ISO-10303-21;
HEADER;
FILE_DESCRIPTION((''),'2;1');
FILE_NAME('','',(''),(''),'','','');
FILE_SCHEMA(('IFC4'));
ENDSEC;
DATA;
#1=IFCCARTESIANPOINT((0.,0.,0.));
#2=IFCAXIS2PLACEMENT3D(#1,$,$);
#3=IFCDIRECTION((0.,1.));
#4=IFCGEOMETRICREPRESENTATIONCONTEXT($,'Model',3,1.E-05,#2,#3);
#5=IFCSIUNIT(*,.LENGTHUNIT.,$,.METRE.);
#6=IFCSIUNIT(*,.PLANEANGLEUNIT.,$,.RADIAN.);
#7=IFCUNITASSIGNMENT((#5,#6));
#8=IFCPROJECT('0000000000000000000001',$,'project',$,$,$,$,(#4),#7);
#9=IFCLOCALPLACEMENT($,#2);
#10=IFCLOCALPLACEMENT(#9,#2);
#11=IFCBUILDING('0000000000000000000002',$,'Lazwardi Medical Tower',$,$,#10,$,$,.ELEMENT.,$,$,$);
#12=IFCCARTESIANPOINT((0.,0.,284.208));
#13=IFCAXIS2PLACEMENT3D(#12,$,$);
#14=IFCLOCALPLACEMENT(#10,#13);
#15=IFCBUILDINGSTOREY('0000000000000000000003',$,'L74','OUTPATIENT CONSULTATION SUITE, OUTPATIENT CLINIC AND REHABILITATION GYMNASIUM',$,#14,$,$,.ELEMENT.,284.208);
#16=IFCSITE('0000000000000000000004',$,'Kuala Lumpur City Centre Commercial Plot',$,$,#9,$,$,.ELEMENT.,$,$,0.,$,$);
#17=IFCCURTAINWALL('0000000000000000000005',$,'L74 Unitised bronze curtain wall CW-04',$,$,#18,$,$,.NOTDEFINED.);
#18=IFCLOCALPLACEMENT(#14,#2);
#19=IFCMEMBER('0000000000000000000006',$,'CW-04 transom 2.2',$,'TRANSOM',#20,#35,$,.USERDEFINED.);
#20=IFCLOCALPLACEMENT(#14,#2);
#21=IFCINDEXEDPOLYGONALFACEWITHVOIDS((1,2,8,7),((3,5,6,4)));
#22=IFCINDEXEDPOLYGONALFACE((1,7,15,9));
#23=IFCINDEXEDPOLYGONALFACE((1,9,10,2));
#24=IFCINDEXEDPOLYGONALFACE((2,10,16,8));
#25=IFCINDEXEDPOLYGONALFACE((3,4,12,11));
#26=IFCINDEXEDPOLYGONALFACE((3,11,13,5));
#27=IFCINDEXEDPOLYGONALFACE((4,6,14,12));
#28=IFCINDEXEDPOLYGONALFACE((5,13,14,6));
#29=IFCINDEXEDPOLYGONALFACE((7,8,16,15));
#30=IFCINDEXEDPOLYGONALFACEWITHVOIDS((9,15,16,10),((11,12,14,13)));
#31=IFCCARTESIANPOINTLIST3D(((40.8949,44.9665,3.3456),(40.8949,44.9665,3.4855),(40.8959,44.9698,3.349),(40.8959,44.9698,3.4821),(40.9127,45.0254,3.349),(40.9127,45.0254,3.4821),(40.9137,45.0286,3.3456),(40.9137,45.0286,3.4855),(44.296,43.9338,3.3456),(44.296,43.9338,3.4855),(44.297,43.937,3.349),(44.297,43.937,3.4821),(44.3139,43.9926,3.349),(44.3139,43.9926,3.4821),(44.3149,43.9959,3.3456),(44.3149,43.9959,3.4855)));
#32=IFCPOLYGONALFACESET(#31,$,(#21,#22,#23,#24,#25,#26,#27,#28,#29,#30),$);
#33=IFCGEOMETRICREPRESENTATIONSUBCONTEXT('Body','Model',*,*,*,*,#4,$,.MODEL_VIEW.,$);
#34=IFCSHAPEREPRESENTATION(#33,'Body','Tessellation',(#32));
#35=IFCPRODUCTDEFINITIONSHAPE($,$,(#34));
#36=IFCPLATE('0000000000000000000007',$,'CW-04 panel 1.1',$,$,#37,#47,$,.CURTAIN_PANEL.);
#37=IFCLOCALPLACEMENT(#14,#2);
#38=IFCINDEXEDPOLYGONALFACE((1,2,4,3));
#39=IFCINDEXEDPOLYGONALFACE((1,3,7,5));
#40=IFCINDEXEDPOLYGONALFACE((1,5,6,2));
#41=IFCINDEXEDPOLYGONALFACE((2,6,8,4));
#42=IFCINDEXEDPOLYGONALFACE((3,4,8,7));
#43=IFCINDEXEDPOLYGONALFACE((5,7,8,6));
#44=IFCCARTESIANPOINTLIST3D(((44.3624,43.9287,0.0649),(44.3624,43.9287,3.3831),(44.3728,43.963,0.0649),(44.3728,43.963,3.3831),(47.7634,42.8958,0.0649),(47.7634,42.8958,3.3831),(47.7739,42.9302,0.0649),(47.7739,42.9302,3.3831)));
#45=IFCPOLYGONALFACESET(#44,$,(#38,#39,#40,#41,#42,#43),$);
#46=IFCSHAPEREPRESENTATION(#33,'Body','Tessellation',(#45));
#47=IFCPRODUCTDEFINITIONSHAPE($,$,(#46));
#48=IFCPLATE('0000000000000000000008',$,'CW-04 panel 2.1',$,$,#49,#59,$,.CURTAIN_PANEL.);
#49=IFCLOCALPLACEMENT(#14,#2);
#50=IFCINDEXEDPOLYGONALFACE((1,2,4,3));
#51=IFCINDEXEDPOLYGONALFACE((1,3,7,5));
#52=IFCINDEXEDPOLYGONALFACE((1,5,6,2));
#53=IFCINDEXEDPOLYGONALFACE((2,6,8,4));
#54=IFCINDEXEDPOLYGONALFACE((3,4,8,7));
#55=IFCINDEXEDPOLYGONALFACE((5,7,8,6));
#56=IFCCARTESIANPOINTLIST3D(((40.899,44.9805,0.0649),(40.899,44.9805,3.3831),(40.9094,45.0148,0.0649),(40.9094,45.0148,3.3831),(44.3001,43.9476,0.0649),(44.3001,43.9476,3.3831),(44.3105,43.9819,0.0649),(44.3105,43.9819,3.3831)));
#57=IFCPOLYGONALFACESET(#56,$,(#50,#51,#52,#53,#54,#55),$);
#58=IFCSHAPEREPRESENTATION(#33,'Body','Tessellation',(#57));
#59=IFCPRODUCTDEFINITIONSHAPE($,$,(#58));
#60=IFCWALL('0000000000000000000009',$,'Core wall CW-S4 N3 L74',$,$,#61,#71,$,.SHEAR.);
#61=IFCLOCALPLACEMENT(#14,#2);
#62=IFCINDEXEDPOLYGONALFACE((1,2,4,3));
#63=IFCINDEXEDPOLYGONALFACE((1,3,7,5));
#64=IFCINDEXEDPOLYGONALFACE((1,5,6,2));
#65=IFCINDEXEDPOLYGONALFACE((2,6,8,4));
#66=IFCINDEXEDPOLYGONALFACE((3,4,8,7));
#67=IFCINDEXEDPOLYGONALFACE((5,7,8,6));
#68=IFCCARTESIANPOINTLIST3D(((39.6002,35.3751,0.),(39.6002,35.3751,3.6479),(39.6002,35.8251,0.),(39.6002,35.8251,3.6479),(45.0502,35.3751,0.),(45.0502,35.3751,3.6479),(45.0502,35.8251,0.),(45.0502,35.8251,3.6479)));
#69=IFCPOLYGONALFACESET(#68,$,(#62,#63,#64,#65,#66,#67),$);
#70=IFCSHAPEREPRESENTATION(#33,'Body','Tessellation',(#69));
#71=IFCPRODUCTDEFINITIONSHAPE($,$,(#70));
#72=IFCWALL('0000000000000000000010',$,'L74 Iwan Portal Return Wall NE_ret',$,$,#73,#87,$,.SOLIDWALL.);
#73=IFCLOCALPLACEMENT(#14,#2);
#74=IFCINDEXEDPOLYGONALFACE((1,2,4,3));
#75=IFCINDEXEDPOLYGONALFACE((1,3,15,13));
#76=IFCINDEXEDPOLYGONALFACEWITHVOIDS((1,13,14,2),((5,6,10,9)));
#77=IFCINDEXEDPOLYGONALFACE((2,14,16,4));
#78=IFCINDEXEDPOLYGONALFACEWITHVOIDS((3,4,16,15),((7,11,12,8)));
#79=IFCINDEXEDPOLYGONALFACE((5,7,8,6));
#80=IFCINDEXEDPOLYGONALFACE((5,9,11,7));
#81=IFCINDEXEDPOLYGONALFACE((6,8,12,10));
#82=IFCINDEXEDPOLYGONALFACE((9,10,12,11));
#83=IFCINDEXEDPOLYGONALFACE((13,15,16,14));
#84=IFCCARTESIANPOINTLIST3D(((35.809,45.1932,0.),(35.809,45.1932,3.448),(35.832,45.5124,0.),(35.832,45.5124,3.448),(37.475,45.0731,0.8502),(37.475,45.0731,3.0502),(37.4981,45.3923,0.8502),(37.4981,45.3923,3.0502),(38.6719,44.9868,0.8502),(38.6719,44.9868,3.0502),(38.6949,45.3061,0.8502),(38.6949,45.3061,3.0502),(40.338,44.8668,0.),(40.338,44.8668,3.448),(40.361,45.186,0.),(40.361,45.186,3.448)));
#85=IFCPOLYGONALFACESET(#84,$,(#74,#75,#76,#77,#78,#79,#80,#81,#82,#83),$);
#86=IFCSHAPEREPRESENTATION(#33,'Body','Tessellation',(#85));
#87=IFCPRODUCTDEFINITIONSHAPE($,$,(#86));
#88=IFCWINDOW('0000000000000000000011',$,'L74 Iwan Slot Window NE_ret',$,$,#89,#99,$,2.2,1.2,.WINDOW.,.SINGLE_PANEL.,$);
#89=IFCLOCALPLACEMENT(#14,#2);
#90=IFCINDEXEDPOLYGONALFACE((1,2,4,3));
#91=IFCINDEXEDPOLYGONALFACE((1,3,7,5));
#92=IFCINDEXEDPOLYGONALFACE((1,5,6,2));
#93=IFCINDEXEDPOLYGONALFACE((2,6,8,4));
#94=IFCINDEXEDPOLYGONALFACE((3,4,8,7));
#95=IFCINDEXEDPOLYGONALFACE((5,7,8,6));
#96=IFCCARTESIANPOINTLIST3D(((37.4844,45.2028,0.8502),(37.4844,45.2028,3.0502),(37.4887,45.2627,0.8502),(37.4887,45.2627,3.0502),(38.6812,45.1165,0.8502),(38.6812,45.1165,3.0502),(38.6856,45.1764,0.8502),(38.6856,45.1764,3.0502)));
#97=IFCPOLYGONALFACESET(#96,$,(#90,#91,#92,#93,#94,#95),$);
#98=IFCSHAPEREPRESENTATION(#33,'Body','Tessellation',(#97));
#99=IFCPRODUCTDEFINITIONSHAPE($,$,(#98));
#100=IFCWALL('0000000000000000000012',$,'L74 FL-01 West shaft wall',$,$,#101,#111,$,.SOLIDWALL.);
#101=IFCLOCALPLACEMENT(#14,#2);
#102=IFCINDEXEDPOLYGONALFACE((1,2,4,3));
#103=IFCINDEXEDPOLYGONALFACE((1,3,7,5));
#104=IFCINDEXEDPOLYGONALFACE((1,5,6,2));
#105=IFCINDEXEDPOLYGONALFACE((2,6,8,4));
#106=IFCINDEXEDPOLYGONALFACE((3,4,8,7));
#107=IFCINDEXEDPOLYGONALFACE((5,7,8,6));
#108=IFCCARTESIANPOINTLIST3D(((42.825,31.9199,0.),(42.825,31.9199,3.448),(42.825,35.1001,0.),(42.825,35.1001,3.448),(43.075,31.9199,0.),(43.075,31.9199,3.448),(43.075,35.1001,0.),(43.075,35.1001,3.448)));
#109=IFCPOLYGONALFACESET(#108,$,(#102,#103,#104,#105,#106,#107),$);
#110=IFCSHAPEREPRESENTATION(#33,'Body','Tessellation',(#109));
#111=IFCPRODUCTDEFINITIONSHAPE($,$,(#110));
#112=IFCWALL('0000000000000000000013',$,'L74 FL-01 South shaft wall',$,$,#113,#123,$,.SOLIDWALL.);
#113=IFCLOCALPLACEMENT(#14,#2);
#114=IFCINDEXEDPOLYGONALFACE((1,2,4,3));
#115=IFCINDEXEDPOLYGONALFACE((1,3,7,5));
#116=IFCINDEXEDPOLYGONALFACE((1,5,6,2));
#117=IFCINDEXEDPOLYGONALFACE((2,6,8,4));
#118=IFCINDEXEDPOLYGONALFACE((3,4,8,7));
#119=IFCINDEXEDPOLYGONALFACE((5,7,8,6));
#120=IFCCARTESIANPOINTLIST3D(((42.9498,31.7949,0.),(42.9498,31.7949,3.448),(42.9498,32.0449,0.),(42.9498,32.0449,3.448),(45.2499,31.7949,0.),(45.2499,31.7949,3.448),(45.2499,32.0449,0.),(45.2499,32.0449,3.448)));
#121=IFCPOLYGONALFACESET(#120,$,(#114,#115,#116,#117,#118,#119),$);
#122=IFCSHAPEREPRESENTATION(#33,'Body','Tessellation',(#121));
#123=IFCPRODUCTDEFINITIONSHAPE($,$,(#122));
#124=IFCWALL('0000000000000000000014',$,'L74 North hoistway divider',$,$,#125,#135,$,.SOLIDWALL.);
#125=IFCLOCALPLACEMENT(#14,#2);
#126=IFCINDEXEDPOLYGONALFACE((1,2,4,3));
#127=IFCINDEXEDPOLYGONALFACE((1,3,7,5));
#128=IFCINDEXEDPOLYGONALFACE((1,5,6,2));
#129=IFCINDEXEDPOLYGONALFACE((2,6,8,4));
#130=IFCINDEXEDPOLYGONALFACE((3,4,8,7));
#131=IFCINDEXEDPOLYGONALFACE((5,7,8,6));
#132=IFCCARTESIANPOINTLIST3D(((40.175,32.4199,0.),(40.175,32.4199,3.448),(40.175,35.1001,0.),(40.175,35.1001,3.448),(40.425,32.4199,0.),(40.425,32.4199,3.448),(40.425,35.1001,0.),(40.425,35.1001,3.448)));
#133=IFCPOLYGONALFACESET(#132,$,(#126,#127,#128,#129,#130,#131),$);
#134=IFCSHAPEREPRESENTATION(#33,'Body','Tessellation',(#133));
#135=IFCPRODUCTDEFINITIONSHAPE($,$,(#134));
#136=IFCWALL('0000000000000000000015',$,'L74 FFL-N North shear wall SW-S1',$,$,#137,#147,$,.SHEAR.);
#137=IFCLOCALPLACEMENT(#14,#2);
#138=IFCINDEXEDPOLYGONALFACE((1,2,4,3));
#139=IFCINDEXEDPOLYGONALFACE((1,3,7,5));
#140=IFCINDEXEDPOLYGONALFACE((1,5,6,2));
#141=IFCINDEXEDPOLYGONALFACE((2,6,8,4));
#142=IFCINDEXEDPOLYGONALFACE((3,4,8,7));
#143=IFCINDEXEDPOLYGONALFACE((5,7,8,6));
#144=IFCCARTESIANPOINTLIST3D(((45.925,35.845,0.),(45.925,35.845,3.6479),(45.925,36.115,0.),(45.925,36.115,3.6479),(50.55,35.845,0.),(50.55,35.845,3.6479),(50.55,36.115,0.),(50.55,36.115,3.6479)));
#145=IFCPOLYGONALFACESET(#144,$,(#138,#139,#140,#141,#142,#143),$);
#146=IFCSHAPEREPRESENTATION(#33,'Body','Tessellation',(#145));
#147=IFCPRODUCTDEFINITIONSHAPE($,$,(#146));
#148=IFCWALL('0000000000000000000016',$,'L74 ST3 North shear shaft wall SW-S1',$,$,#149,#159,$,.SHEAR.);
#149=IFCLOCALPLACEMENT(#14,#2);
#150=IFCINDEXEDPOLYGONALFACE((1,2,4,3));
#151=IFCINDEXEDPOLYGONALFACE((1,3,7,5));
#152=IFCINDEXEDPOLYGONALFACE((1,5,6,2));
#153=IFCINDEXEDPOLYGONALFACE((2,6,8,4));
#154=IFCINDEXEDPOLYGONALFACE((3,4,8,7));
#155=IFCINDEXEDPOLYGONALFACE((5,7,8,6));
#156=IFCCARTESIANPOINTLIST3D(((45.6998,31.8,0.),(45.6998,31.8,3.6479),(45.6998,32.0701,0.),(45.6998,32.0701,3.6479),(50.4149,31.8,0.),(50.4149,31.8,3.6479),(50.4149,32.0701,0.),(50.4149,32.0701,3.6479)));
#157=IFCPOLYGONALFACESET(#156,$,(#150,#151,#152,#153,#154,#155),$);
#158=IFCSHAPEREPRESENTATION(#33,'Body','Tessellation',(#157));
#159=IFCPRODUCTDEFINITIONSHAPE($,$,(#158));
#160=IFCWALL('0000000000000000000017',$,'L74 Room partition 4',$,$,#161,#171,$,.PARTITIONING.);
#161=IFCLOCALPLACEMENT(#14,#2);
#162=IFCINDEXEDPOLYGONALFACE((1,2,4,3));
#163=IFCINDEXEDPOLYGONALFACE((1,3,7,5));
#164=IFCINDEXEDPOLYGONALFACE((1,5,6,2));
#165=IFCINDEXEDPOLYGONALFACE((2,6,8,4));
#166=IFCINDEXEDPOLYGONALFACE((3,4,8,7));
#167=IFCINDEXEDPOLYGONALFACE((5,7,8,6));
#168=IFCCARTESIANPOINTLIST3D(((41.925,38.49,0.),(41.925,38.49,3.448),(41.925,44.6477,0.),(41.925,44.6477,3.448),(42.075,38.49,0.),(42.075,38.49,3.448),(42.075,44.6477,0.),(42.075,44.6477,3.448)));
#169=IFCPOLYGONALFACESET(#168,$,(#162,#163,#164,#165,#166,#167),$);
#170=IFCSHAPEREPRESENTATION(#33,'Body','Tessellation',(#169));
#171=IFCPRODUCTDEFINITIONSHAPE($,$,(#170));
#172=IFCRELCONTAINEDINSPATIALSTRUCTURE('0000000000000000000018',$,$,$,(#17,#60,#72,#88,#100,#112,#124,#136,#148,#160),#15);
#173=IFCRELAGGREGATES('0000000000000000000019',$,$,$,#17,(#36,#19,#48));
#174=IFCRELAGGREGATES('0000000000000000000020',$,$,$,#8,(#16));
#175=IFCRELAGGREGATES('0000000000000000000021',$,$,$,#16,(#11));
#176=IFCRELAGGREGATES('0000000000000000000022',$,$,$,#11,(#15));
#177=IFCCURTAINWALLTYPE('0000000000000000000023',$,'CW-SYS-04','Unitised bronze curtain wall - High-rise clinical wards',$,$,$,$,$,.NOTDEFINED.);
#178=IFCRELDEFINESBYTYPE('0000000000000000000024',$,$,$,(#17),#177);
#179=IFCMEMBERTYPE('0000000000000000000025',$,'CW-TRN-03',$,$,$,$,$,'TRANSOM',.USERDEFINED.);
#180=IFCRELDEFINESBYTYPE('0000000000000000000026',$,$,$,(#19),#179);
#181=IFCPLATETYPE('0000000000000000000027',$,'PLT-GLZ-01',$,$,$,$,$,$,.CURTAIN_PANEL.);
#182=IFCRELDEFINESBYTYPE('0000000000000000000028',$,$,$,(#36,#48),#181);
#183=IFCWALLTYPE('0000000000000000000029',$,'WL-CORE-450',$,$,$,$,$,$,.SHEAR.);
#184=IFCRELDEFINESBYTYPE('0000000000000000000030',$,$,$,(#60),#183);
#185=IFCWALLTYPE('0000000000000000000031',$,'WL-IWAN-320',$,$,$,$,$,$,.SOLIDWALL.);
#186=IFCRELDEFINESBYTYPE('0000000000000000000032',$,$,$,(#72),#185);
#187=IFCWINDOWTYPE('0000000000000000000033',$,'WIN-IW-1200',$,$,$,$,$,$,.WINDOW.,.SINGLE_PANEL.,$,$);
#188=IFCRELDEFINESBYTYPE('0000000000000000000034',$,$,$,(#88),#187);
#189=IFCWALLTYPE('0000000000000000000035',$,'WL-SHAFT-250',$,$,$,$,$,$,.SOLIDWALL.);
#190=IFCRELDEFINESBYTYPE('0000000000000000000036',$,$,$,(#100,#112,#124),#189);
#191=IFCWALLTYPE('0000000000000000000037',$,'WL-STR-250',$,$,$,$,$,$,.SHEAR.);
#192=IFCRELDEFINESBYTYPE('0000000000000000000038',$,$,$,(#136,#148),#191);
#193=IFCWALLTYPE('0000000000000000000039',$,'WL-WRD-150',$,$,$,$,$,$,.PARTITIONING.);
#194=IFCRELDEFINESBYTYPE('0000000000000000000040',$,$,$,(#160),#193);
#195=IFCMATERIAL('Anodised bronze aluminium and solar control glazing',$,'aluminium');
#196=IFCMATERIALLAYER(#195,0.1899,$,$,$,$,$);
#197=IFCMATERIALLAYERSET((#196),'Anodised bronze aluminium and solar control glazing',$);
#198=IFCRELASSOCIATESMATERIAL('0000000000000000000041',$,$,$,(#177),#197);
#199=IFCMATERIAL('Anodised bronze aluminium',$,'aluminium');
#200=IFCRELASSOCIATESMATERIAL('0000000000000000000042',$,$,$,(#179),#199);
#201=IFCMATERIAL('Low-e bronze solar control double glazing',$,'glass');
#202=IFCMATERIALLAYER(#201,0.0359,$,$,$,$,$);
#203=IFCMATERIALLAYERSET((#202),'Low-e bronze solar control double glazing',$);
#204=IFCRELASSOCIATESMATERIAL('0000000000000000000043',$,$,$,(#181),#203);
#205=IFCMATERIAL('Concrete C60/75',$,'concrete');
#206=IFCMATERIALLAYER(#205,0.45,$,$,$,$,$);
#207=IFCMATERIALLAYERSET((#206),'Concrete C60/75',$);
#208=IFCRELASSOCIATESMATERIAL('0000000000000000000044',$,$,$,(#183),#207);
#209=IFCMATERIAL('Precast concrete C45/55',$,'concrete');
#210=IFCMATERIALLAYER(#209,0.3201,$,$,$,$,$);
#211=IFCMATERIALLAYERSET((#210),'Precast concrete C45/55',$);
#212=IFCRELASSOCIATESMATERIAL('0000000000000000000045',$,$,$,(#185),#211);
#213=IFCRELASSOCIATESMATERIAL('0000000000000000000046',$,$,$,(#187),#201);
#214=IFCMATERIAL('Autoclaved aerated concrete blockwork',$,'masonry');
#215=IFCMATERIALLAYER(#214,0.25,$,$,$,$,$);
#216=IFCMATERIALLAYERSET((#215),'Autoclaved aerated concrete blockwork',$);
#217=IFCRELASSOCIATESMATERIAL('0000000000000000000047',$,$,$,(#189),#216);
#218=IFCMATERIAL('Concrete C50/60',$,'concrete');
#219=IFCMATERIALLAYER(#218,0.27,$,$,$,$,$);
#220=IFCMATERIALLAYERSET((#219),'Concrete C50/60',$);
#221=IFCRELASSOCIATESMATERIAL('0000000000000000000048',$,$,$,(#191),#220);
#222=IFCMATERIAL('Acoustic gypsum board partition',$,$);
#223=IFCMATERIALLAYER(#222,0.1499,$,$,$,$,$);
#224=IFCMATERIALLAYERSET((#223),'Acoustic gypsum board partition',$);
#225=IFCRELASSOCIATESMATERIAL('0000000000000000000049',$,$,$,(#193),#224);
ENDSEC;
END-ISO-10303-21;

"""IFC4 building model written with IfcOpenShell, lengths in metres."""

from ifc_helpers import new_model, si_unit, direction, frame, frame_2d, origin, origin_2d, place, context, subcontext, project, spatial, rectangle, hollow_rectangle, extrude, material, layer, layer_set, material_profile, profile_set, type_object, element, fill, aggregate, save


model = new_model("IFC4")

# Units and contexts
model_context = context("Model", 3, precision=1e-05, world=origin(), true_north=direction((0.0, 1.0)))
body_context = subcontext(model_context, "Body", "Model", "MODEL_VIEW")
ifc_project = project(units=[si_unit("LENGTHUNIT", "METRE"), si_unit("PLANEANGLEUNIT", "RADIAN")], contexts=[model_context])

# Site, building, storey
site_placement = place(None, origin())
site = spatial("IfcSite", under=ifc_project, at=site_placement, Name="Kuala Lumpur City Centre Commercial Plot", CompositionType="ELEMENT", RefElevation=0.0)
building_placement = place(site_placement, origin())
building = spatial("IfcBuilding", under=site, at=building_placement, Name="Lazwardi Medical Tower", CompositionType="ELEMENT")
storey_placement = place(building_placement, frame((0.0, 0.0, 284.208)))
storey = spatial("IfcBuildingStorey", under=building, at=storey_placement, Name="L74", Description="OUTPATIENT CONSULTATION SUITE, OUTPATIENT CLINIC AND REHABILITATION GYMNASIUM", CompositionType="ELEMENT", Elevation=284.208)

# Shared definitions
ifc_material_1 = material(Name="Concrete C60/75", Category="concrete")

# Curtain wall, member, plates
ifc_material_2 = material(Name="Anodised bronze aluminium and solar control glazing", Category="aluminium")
ifc_layer_1 = layer(ifc_material_2, 0.1899)
ifc_layer_set_1 = layer_set([ifc_layer_1], Name="Anodised bronze aluminium and solar control glazing")
curtain_wall_type = type_object("IfcCurtainWallType", Name="CW-SYS-04", Description="Unitised bronze curtain wall - High-rise clinical wards", PredefinedType="NOTDEFINED", material=ifc_layer_set_1)
curtain_wall_placement = place(storey_placement, origin())
curtain_wall = element("IfcCurtainWall", 1, at=curtain_wall_placement, inside=storey, type_object=curtain_wall_type, Name="L74 Unitised bronze curtain wall CW-04", PredefinedType="NOTDEFINED")
ifc_material_3 = material(Name="Anodised bronze aluminium", Category="aluminium")
ifc_material_profile_1 = material_profile(ifc_material_3, hollow_rectangle(XDim=0.0649, YDim=0.1399, WallThickness=0.0034, at=origin_2d()), Name="ALU-TRANSOM 140x65x3.5")
ifc_profile_set_1 = profile_set([ifc_material_profile_1], Name="Anodised bronze aluminium")
member_type_1 = type_object("IfcMemberType", Name="CW-TRN-03", ElementType="TRANSOM", PredefinedType="USERDEFINED", material=ifc_profile_set_1)
member_1_placement = place(storey_placement, frame((44.3054, 43.9648, 3.4155), z_axis=(-0.956863, 0.290541, 0.0), x_axis=(-0.290541, -0.956863, 0.0)))
member_1 = element("IfcMember", 2, at=member_1_placement, type_object=member_type_1, Name="CW-04 transom 2.2", ObjectType="TRANSOM", PredefinedType="USERDEFINED", context=body_context, shape_type="SweptSolid", body=[
    extrude(hollow_rectangle(XDim=0.0649, YDim=0.1399, WallThickness=0.0034, at=origin_2d()), origin(), (0.0, 0.0, 1.0), 3.5544),
])
ifc_material_4 = material(Name="Low-e bronze solar control double glazing", Category="glass")
ifc_layer_2 = layer(ifc_material_4, 0.0359)
ifc_layer_set_2 = layer_set([ifc_layer_2], Name="Low-e bronze solar control double glazing")
plate_type = type_object("IfcPlateType", Name="PLT-GLZ-01", PredefinedType="CURTAIN_PANEL", material=ifc_layer_set_2)
plate_1_placement = place(storey_placement, frame((46.0681, 43.4294, 0.0649), z_axis=(0.0, 0.0, 1.0), x_axis=(-0.95685, 0.290582, 0.0)))
plate_1 = element("IfcPlate", 3, at=plate_1_placement, type_object=plate_type, Name="CW-04 panel 1.1", PredefinedType="CURTAIN_PANEL", context=body_context, shape_type="SweptSolid", body=[
    extrude(rectangle(XDim=3.5544, YDim=0.0359, at=origin_2d()), origin(), (0.0, 0.0, 1.0), 3.3181),
])
plate_2_placement = place(storey_placement, frame((42.6047, 44.4812, 0.0649), z_axis=(0.0, 0.0, 1.0), x_axis=(-0.95685, 0.290582, 0.0)))
plate_2 = element("IfcPlate", 4, at=plate_2_placement, type_object=plate_type, Name="CW-04 panel 2.1", PredefinedType="CURTAIN_PANEL", context=body_context, shape_type="SweptSolid", body=[
    extrude(rectangle(XDim=3.5544, YDim=0.0359, at=origin_2d()), origin(), (0.0, 0.0, 1.0), 3.3181),
])
aggregate(curtain_wall, [plate_1, member_1, plate_2])

# Wall
ifc_layer_3 = layer(ifc_material_1, 0.45)
ifc_layer_set_3 = layer_set([ifc_layer_3], Name="Concrete C60/75")
wall_type_1 = type_object("IfcWallType", Name="WL-CORE-450", PredefinedType="SHEAR", material=ifc_layer_set_3)
wall_1_placement = place(storey_placement, frame((39.6001, 35.6001, 0.0), z_axis=(0.0, 0.0, 1.0), x_axis=(1.0, 0.0, 0.0)))
element("IfcWall", 5, at=wall_1_placement, inside=storey, type_object=wall_type_1, Name="Core wall CW-S4 N3 L74", PredefinedType="SHEAR", context=body_context, shape_type="SweptSolid", body=[
    extrude(rectangle(XDim=5.45, YDim=0.45, at=frame_2d((2.7251, 0.0))), origin(), (0.0, 0.0, 1.0), 3.6479),
])

# Wall, opening, window
ifc_material_5 = material(Name="Precast concrete C45/55", Category="concrete")
ifc_layer_4 = layer(ifc_material_5, 0.3201)
ifc_layer_set_4 = layer_set([ifc_layer_4], Name="Precast concrete C45/55")
wall_type_2 = type_object("IfcWallType", Name="WL-IWAN-320", PredefinedType="SOLIDWALL", material=ifc_layer_set_4)
wall_2_placement = place(storey_placement, frame((40.3496, 45.0264, 0.0), z_axis=(0.0, 0.0, 1.0), x_axis=(-0.997413, 0.071885, 0.0)))
wall_2 = element("IfcWall", 6, at=wall_2_placement, inside=storey, type_object=wall_type_2, Name="L74 Iwan Portal Return Wall NE_ret", PredefinedType="SOLIDWALL", context=body_context, shape_type="SweptSolid", body=[
    extrude(rectangle(XDim=4.5408, YDim=0.3201, at=frame_2d((2.2705, 0.0))), origin(), (0.0, 0.0, 1.0), 3.448),
])
opening_placement = place(wall_2_placement, frame((1.6704, 0.0, 0.8501)))
opening = element("IfcOpeningElement", 7, at=opening_placement, cuts=wall_2, PredefinedType="OPENING", context=body_context, shape_type="SweptSolid", body=[
    extrude(rectangle(XDim=1.2, YDim=2.2, at=frame_2d((0.6001, 1.1001))), frame((0.0, 0.1699, 0.0), z_axis=(0.0, -1.0, 0.0), x_axis=(1.0, 0.0, 0.0)), (0.0, 0.0, 1.0), 0.3401),
])
window_type = type_object("IfcWindowType", Name="WIN-IW-1200", PartitioningType="SINGLE_PANEL", PredefinedType="WINDOW", material=ifc_material_4)
window_placement = place(opening_placement, origin())
window = element("IfcWindow", 8, at=window_placement, inside=storey, type_object=window_type, Name="L74 Iwan Slot Window NE_ret", OverallHeight=2.2, OverallWidth=1.2, PartitioningType="SINGLE_PANEL", PredefinedType="WINDOW", context=body_context, shape_type="SweptSolid", body=[
    extrude(rectangle(XDim=1.2, YDim=2.2, at=frame_2d((0.6001, 1.1001))), frame((0.0, 0.03, 0.0), z_axis=(0.0, -1.0, 0.0), x_axis=(1.0, 0.0, 0.0)), (0.0, 0.0, 1.0), 0.0601),
])
fill(opening, window)

# Walls
ifc_material_6 = material(Name="Autoclaved aerated concrete blockwork", Category="masonry")
ifc_layer_5 = layer(ifc_material_6, 0.25)
ifc_layer_set_5 = layer_set([ifc_layer_5], Name="Autoclaved aerated concrete blockwork")
wall_type_3 = type_object("IfcWallType", Name="WL-SHAFT-250", PredefinedType="SOLIDWALL", material=ifc_layer_set_5)
wall_3_placement = place(storey_placement, frame((42.95, 31.9199, 0.0), z_axis=(0.0, 0.0, 1.0), x_axis=(0.0, 1.0, 0.0)))
element("IfcWall", 9, at=wall_3_placement, inside=storey, type_object=wall_type_3, Name="L74 FL-01 West shaft wall", PredefinedType="SOLIDWALL", context=body_context, shape_type="SweptSolid", body=[
    extrude(rectangle(XDim=3.1802, YDim=0.25, at=frame_2d((1.5901, 0.0))), origin(), (0.0, 0.0, 1.0), 3.448),
])
wall_4_placement = place(storey_placement, frame((42.95, 31.9199, 0.0), z_axis=(0.0, 0.0, 1.0), x_axis=(1.0, 0.0, 0.0)))
element("IfcWall", 10, at=wall_4_placement, inside=storey, type_object=wall_type_3, Name="L74 FL-01 South shaft wall", PredefinedType="SOLIDWALL", context=body_context, shape_type="SweptSolid", body=[
    extrude(rectangle(XDim=2.3, YDim=0.25, at=frame_2d((1.1499, 0.0))), origin(), (0.0, 0.0, 1.0), 3.448),
])
wall_5_placement = place(storey_placement, frame((40.3, 32.4199, 0.0), z_axis=(0.0, 0.0, 1.0), x_axis=(0.0, 1.0, 0.0)))
element("IfcWall", 11, at=wall_5_placement, inside=storey, type_object=wall_type_3, Name="L74 North hoistway divider", PredefinedType="SOLIDWALL", context=body_context, shape_type="SweptSolid", body=[
    extrude(rectangle(XDim=2.6802, YDim=0.25, at=frame_2d((1.3401, 0.0))), origin(), (0.0, 0.0, 1.0), 3.448),
])
ifc_material_7 = material(Name="Concrete C50/60", Category="concrete")
ifc_layer_6 = layer(ifc_material_7, 0.27)
ifc_layer_set_6 = layer_set([ifc_layer_6], Name="Concrete C50/60")
wall_type_4 = type_object("IfcWallType", Name="WL-STR-250", PredefinedType="SHEAR", material=ifc_layer_set_6)
wall_6_placement = place(storey_placement, frame((45.925, 35.98, 0.0), z_axis=(0.0, 0.0, 1.0), x_axis=(1.0, 0.0, 0.0)))
element("IfcWall", 12, at=wall_6_placement, inside=storey, type_object=wall_type_4, Name="L74 FFL-N North shear wall SW-S1", PredefinedType="SHEAR", context=body_context, shape_type="SweptSolid", body=[
    extrude(rectangle(XDim=4.625, YDim=0.27, at=frame_2d((2.3125, 0.0))), origin(), (0.0, 0.0, 1.0), 3.6479),
])
wall_7_placement = place(storey_placement, frame((45.7, 31.9351, 0.0), z_axis=(0.0, 0.0, 1.0), x_axis=(1.0, 0.0, 0.0)))
element("IfcWall", 13, at=wall_7_placement, inside=storey, type_object=wall_type_4, Name="L74 ST3 North shear shaft wall SW-S1", PredefinedType="SHEAR", context=body_context, shape_type="SweptSolid", body=[
    extrude(rectangle(XDim=4.7151, YDim=0.27, at=frame_2d((2.3574, 0.0))), origin(), (0.0, 0.0, 1.0), 3.6479),
])
ifc_material_8 = material(Name="Acoustic gypsum board partition")
ifc_layer_7 = layer(ifc_material_8, 0.1499)
ifc_layer_set_7 = layer_set([ifc_layer_7], Name="Acoustic gypsum board partition")
wall_type_5 = type_object("IfcWallType", Name="WL-WRD-150", PredefinedType="PARTITIONING", material=ifc_layer_set_7)
wall_8_placement = place(storey_placement, frame((42.0, 38.49, 0.0), z_axis=(0.0, 0.0, 1.0), x_axis=(0.0, 1.0, 0.0)))
element("IfcWall", 14, at=wall_8_placement, inside=storey, type_object=wall_type_5, Name="L74 Room partition 4", PredefinedType="PARTITIONING", context=body_context, shape_type="SweptSolid", body=[
    extrude(rectangle(XDim=6.1577, YDim=0.1499, at=frame_2d((3.0789, 0.0))), origin(), (0.0, 0.0, 1.0), 3.448),
])

save(model, "model.ifc")
